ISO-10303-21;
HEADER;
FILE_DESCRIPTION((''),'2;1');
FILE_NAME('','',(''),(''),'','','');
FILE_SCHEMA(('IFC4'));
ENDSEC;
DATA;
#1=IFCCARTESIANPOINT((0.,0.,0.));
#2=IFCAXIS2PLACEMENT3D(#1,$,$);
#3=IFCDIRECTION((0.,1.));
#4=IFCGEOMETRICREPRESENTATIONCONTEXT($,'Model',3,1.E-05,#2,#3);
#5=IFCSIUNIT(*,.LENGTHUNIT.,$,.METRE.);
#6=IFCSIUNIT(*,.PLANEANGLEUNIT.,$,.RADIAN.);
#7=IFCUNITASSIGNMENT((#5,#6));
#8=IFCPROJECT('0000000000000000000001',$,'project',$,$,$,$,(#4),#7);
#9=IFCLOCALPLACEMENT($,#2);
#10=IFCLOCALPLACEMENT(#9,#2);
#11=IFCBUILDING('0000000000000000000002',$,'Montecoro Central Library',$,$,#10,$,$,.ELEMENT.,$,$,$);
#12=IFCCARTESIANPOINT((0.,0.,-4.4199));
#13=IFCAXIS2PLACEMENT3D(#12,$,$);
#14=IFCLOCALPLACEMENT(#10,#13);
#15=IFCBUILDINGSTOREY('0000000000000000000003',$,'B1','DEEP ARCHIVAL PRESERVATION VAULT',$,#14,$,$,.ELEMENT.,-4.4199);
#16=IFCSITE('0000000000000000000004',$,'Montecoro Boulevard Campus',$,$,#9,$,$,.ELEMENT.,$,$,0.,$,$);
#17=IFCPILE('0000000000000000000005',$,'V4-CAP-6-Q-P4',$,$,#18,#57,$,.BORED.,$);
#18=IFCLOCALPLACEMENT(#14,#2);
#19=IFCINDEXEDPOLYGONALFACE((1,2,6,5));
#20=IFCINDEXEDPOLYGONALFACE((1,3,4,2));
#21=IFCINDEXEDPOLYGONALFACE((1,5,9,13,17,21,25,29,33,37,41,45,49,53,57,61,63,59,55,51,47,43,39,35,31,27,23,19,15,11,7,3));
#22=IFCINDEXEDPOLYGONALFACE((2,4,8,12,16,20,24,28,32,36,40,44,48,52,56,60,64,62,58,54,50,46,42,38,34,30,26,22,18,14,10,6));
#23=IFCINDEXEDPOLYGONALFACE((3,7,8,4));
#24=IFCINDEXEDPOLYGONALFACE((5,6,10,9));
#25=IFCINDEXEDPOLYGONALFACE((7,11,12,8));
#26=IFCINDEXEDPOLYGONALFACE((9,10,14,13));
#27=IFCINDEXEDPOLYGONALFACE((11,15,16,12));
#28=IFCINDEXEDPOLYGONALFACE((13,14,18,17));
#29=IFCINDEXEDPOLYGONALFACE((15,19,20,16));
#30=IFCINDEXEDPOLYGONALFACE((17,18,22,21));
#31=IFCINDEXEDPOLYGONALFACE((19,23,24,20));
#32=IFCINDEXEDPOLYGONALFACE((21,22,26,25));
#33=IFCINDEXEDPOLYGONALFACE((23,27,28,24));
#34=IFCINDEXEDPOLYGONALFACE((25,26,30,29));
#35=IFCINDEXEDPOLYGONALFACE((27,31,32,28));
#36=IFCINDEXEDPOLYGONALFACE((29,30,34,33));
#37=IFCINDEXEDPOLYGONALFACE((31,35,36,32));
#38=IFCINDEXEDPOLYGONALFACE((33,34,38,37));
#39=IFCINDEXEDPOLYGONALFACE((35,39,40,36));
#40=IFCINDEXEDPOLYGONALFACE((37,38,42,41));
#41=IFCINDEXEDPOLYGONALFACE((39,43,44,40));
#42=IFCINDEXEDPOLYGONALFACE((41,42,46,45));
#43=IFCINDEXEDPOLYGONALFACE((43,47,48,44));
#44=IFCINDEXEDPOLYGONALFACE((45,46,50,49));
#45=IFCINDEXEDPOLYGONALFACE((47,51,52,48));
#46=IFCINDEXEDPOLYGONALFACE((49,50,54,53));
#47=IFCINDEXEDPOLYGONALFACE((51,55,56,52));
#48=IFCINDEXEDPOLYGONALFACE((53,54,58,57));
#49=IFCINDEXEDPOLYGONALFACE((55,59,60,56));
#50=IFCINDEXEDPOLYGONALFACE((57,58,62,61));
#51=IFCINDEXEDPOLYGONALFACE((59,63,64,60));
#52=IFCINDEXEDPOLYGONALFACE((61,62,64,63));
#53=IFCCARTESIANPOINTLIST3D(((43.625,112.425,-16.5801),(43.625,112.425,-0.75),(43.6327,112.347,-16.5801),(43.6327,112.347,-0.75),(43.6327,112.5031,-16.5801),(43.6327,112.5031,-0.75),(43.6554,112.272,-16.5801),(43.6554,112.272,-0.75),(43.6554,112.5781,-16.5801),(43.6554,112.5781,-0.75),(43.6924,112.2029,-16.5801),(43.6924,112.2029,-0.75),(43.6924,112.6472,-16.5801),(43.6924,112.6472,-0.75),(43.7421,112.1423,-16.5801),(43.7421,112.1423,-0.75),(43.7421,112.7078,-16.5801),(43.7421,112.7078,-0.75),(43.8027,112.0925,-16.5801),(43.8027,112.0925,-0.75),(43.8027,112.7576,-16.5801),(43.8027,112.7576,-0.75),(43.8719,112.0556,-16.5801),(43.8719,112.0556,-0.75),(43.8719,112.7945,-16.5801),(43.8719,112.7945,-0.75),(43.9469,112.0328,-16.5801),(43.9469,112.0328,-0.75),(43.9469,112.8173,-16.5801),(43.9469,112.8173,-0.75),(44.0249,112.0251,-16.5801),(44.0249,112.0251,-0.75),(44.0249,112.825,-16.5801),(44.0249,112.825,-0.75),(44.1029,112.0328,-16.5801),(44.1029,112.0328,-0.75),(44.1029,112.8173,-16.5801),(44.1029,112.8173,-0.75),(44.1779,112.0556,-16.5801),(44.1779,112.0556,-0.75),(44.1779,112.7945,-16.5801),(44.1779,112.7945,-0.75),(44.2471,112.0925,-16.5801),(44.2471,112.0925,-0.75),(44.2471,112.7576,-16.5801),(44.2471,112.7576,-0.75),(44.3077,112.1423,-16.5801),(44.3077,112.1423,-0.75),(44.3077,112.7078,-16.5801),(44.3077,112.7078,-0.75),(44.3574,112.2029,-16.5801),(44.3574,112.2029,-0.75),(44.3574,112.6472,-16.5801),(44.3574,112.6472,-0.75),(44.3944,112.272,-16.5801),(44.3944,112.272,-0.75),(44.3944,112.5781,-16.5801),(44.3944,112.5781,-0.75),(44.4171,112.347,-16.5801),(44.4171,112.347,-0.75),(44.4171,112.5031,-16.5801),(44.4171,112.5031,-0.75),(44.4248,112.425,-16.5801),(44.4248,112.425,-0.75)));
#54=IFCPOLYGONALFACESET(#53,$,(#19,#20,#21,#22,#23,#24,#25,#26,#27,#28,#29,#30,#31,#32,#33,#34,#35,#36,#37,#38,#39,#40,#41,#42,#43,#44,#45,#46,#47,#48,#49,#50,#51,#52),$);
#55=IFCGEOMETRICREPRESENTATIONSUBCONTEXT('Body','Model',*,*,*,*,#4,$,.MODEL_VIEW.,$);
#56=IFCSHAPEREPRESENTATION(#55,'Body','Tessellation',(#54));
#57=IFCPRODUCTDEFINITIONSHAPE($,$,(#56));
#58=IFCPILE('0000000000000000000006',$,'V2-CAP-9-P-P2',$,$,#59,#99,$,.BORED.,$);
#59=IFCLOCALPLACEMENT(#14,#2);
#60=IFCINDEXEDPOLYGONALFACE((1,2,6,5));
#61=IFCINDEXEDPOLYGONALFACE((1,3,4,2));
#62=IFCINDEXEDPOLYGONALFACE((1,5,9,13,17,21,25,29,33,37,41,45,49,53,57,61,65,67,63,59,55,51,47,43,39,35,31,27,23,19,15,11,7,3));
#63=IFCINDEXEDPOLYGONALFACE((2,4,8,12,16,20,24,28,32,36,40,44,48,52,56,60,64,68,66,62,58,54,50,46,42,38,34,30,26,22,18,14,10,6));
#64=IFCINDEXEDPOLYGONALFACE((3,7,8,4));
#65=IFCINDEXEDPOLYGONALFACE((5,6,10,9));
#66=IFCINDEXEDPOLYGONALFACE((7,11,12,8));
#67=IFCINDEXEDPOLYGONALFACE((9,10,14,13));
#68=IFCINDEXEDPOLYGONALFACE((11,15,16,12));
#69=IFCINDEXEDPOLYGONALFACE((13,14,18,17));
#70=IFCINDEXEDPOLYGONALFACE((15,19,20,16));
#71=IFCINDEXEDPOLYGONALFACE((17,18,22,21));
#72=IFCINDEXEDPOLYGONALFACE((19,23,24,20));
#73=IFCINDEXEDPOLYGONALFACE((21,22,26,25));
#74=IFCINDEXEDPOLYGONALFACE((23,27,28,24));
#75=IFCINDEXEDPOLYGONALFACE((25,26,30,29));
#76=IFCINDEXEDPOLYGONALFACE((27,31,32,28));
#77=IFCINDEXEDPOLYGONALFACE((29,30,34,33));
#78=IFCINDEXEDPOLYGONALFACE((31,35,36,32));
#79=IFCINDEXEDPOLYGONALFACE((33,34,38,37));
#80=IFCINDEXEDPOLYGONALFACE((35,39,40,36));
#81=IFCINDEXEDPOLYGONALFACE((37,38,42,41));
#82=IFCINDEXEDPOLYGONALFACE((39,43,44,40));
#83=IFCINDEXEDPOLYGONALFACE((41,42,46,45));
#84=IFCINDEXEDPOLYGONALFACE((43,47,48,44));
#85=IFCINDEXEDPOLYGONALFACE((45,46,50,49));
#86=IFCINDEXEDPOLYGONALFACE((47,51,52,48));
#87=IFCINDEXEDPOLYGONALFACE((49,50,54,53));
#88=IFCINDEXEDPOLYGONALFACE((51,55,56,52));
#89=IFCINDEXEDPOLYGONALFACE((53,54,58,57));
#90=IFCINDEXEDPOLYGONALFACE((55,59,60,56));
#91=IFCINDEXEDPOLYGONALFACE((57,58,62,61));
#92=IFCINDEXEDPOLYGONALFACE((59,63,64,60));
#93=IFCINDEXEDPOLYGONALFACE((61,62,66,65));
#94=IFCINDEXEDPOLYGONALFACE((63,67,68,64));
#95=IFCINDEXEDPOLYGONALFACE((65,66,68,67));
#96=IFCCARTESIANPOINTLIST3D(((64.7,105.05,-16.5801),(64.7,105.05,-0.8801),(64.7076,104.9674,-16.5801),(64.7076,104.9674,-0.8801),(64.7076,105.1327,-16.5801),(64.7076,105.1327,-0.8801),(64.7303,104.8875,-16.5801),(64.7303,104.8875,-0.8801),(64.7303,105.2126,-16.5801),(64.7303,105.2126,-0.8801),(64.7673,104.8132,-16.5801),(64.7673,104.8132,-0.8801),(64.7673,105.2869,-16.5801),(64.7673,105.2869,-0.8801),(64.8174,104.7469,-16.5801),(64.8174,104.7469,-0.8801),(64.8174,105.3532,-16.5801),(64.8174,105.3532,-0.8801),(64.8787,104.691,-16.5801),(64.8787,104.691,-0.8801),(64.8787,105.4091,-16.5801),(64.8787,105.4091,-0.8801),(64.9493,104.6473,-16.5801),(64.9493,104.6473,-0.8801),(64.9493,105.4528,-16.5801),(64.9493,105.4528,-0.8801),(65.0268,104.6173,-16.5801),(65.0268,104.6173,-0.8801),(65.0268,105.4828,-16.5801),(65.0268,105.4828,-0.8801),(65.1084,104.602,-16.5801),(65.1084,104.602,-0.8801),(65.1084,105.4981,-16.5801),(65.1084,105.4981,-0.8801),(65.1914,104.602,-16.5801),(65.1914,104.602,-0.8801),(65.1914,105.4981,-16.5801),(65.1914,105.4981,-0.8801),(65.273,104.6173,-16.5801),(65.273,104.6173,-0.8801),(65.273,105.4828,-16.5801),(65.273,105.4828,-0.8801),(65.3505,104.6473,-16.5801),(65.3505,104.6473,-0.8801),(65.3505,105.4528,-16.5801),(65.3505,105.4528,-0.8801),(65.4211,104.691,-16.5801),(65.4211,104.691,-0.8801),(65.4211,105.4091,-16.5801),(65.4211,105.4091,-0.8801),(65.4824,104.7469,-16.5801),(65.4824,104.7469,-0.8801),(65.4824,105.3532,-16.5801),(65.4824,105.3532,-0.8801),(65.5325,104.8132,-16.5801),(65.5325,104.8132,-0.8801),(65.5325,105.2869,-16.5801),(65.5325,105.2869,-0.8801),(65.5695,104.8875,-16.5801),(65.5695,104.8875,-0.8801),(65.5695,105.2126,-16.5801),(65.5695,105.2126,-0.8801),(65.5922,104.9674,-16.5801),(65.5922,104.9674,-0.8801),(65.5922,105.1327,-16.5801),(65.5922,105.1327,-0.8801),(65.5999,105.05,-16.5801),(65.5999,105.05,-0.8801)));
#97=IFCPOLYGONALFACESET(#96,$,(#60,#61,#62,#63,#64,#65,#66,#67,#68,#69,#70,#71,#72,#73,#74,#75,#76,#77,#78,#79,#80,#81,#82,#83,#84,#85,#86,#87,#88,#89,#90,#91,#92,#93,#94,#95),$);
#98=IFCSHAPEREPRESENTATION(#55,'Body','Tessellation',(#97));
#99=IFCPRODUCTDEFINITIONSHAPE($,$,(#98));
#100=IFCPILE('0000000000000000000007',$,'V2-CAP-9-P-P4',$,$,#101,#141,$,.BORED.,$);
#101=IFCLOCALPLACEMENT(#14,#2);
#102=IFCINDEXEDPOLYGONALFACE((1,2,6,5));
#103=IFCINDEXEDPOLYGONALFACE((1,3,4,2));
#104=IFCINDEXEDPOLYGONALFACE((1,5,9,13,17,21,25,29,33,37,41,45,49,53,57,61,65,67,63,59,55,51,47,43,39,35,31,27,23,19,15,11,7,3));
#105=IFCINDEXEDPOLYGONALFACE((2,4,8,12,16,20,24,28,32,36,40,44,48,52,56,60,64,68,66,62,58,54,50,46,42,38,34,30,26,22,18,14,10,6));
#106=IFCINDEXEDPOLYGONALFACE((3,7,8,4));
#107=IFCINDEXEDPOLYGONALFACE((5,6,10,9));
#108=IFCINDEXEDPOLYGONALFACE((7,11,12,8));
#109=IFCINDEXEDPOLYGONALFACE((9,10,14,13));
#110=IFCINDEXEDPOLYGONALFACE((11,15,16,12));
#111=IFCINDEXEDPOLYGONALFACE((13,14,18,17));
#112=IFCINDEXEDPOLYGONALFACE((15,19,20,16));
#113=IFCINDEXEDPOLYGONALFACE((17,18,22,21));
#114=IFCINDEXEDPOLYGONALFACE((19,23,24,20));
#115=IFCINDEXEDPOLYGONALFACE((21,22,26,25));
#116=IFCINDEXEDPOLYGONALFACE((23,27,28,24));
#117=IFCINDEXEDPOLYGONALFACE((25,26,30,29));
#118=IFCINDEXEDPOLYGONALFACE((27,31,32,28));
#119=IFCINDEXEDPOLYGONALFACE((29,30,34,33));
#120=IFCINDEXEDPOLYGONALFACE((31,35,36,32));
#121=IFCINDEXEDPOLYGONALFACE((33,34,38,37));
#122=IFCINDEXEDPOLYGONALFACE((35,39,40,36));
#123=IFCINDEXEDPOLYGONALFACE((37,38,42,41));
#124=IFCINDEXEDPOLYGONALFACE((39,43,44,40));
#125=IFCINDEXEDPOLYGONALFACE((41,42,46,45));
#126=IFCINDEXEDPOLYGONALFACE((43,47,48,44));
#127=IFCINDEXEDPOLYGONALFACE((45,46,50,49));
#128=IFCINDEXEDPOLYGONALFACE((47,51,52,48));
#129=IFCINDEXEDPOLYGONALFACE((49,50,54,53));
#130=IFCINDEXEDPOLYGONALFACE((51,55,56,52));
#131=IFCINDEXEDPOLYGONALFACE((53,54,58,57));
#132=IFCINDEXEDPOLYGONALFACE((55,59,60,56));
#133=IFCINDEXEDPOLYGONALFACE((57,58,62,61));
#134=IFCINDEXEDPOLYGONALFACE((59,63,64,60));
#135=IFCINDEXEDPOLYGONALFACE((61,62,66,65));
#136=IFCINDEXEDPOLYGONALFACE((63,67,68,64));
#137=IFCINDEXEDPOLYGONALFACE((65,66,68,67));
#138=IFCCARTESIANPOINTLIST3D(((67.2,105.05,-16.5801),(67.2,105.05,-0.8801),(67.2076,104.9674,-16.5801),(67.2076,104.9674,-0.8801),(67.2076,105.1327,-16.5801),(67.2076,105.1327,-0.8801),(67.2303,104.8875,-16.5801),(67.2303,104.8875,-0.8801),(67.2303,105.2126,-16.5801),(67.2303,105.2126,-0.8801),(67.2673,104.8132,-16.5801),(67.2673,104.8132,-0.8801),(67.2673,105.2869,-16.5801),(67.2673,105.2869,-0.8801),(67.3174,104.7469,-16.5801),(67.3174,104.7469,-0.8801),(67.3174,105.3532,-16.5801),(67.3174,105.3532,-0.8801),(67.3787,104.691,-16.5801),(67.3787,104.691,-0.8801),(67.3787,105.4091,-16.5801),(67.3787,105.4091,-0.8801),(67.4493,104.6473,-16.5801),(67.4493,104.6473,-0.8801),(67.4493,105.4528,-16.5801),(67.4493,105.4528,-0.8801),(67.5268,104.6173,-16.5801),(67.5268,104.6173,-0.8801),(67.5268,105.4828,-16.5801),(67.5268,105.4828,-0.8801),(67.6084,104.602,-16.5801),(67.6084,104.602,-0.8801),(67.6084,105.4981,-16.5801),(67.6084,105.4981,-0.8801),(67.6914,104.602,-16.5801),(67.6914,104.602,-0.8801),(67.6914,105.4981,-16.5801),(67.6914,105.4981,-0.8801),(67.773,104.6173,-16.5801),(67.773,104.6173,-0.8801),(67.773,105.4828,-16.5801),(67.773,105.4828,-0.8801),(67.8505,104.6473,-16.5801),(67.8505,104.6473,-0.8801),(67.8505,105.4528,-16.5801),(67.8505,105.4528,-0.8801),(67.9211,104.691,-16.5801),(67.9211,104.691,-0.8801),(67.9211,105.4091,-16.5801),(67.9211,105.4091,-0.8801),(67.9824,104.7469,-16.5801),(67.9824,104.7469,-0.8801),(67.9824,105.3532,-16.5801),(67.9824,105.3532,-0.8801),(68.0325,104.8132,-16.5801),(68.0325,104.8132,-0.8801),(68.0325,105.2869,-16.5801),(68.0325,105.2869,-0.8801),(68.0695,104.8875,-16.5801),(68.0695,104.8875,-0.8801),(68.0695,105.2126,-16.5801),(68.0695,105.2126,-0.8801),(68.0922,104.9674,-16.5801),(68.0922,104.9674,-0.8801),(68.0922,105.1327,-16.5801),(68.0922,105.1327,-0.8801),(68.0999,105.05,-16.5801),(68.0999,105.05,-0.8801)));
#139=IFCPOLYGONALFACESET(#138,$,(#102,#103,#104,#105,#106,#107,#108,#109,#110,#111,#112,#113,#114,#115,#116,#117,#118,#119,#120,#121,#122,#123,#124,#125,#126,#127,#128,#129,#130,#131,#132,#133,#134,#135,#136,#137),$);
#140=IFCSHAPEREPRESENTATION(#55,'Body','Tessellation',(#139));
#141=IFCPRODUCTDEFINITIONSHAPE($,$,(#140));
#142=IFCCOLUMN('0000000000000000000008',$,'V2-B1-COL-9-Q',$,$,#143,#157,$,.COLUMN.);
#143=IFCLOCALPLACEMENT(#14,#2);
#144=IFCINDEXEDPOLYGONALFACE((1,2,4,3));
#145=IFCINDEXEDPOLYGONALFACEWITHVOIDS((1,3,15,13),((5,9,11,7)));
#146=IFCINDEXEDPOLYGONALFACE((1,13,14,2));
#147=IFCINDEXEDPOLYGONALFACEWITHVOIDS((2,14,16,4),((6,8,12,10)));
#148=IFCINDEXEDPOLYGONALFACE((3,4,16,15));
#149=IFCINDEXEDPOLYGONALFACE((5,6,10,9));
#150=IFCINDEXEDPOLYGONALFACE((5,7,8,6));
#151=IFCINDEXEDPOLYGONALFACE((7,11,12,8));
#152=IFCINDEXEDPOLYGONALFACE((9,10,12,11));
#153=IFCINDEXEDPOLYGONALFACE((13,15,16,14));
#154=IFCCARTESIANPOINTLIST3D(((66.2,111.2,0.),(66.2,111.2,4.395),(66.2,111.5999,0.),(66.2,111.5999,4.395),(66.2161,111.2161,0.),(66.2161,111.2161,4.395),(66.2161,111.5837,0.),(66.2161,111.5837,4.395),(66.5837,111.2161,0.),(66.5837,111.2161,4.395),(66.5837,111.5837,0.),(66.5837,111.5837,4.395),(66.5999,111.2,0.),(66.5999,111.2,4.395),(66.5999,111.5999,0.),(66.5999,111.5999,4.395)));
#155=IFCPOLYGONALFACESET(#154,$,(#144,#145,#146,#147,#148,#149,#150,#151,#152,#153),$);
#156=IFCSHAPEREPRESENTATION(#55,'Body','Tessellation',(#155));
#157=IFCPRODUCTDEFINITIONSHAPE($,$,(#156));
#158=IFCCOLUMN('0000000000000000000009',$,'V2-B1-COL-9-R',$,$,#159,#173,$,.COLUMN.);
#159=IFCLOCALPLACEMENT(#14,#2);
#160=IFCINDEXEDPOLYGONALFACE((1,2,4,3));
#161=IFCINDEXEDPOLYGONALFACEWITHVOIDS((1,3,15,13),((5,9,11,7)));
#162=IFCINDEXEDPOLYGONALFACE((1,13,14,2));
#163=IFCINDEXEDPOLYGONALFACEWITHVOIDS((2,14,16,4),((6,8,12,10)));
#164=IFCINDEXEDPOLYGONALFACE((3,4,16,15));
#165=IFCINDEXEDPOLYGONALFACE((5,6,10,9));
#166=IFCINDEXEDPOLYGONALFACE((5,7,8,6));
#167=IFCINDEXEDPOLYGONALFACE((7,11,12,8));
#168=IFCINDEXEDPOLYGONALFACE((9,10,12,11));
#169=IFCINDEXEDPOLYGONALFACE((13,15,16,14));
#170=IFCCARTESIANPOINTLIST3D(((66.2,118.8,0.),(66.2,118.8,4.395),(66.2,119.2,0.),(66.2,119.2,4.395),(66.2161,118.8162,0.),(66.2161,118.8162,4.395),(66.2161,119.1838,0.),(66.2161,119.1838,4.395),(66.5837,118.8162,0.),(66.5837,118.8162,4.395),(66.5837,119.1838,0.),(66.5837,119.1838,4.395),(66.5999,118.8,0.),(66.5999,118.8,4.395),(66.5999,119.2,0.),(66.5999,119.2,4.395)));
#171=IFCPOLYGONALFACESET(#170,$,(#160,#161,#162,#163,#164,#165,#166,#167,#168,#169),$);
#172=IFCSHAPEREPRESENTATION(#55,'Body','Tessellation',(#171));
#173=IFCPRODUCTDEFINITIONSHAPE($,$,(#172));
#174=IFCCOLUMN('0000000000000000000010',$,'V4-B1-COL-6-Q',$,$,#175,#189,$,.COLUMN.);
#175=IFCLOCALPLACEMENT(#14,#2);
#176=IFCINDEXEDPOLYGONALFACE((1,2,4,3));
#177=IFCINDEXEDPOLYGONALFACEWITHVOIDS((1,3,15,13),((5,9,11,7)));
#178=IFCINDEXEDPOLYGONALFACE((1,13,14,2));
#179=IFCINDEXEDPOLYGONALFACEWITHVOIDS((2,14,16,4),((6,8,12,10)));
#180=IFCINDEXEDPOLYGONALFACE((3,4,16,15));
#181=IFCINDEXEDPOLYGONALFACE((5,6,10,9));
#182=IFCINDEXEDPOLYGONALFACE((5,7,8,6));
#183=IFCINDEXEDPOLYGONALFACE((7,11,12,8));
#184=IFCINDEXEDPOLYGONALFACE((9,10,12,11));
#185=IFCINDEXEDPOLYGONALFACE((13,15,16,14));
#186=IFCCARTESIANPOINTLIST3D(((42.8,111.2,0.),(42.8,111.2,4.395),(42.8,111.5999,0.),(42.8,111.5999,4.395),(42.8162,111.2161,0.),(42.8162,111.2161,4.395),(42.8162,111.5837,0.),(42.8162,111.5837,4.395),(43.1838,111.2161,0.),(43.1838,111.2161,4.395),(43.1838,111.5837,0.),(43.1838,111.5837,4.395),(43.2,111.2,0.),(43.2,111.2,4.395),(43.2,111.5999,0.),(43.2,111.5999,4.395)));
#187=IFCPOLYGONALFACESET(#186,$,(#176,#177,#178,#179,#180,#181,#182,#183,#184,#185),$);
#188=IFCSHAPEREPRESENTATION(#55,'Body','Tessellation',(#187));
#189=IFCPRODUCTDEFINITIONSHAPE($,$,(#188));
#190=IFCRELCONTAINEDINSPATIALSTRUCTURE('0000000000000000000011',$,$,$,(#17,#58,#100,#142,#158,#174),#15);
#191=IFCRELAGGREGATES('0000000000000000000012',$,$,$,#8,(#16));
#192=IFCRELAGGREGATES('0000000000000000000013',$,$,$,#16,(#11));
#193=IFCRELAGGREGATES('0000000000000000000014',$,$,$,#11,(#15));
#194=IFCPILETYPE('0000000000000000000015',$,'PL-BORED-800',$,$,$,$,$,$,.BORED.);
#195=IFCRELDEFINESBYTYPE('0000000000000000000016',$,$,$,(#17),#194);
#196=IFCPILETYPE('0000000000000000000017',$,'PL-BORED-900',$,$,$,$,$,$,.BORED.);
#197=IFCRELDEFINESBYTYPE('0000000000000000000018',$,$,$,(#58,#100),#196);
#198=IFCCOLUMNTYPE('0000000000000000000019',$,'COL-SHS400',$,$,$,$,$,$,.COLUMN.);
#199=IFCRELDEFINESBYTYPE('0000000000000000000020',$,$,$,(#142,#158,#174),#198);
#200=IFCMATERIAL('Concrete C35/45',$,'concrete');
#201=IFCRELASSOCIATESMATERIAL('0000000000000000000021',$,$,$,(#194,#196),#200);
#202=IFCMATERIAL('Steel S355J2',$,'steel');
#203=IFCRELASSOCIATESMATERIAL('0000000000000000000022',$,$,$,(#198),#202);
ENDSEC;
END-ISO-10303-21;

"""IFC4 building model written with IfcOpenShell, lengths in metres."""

from ifc_helpers import new_model, si_unit, direction, frame, origin, origin_2d, place, context, subcontext, project, spatial, hollow_rectangle, circle, extrude, material, material_profile, profile_set, type_object, element, save


model = new_model("IFC4")

# Units and contexts
model_context = context("Model", 3, precision=1e-05, world=origin(), true_north=direction((0.0, 1.0)))
body_context = subcontext(model_context, "Body", "Model", "MODEL_VIEW")
ifc_project = project(units=[si_unit("LENGTHUNIT", "METRE"), si_unit("PLANEANGLEUNIT", "RADIAN")], contexts=[model_context])

# Site, building, storey
site_placement = place(None, origin())
site = spatial("IfcSite", under=ifc_project, at=site_placement, Name="Montecoro Boulevard Campus", CompositionType="ELEMENT", RefElevation=0.0)
building_placement = place(site_placement, origin())
building = spatial("IfcBuilding", under=site, at=building_placement, Name="Montecoro Central Library", CompositionType="ELEMENT")
storey_placement = place(building_placement, frame((0.0, 0.0, -4.4199)))
storey = spatial("IfcBuildingStorey", under=building, at=storey_placement, Name="B1", Description="DEEP ARCHIVAL PRESERVATION VAULT", CompositionType="ELEMENT", Elevation=-4.4199)

# Shared definitions
ifc_material_1 = material(Name="Concrete C35/45", Category="concrete")

# Piles
ifc_material_profile_1 = material_profile(ifc_material_1, circle(Radius=0.3999, at=origin_2d()), Name="PILE D800")
ifc_profile_set_1 = profile_set([ifc_material_profile_1], Name="Concrete C35/45")
pile_type_1 = type_object("IfcPileType", Name="PL-BORED-800", PredefinedType="BORED", material=ifc_profile_set_1)
for number, where, z_axis, x_axis, name in (
    (1, (44.0249, 112.425, -0.75), (0.0, 0.0, -1.0), (1.0, 0.0, 0.0), "V4-CAP-6-Q-P4"),
):
    element("IfcPile", number, at=place(storey_placement, frame(where, z_axis=z_axis, x_axis=x_axis)), inside=storey, type_object=pile_type_1, Name=name, PredefinedType="BORED", context=body_context, shape_type="SweptSolid", body=[
        extrude(circle(Radius=0.3999, at=origin_2d()), origin(), (0.0, 0.0, 1.0), 15.8301),
    ])
ifc_material_profile_2 = material_profile(ifc_material_1, circle(Radius=0.45, at=origin_2d()), Name="PILE D900")
ifc_profile_set_2 = profile_set([ifc_material_profile_2], Name="Concrete C35/45")
pile_type_2 = type_object("IfcPileType", Name="PL-BORED-900", PredefinedType="BORED", material=ifc_profile_set_2)
for number, where, z_axis, x_axis, name in (
    (2, (65.1499, 105.05, -0.8801), (0.0, 0.0, -1.0), (1.0, 0.0, 0.0), "V2-CAP-9-P-P2"),
    (3, (67.6499, 105.05, -0.8801), (0.0, 0.0, -1.0), (1.0, 0.0, 0.0), "V2-CAP-9-P-P4"),
):
    element("IfcPile", number, at=place(storey_placement, frame(where, z_axis=z_axis, x_axis=x_axis)), inside=storey, type_object=pile_type_2, Name=name, PredefinedType="BORED", context=body_context, shape_type="SweptSolid", body=[
        extrude(circle(Radius=0.45, at=origin_2d()), origin(), (0.0, 0.0, 1.0), 15.7),
    ])

# Columns
ifc_material_2 = material(Name="Steel S355J2", Category="steel")
ifc_material_profile_3 = material_profile(ifc_material_2, hollow_rectangle(XDim=0.3999, YDim=0.3999, WallThickness=0.0161, at=origin_2d()), Name="SHS 400x400x16.0")
ifc_profile_set_3 = profile_set([ifc_material_profile_3], Name="Steel S355J2")
column_type = type_object("IfcColumnType", Name="COL-SHS400", PredefinedType="COLUMN", material=ifc_profile_set_3)
for number, where, z_axis, x_axis, name in (
    (4, (66.3999, 111.3999, 0.0), (0.0, 0.0, 1.0), (1.0, 0.0, 0.0), "V2-B1-COL-9-Q"),
    (5, (66.3999, 119.0, 0.0), (0.0, 0.0, 1.0), (1.0, 0.0, 0.0), "V2-B1-COL-9-R"),
    (6, (43.0, 111.3999, 0.0), (0.0, 0.0, 1.0), (1.0, 0.0, 0.0), "V4-B1-COL-6-Q"),
):
    element("IfcColumn", number, at=place(storey_placement, frame(where, z_axis=z_axis, x_axis=x_axis)), inside=storey, type_object=column_type, Name=name, PredefinedType="COLUMN", context=body_context, shape_type="SweptSolid", body=[
        extrude(hollow_rectangle(XDim=0.3999, YDim=0.3999, WallThickness=0.0161, at=origin_2d()), origin(), (0.0, 0.0, 1.0), 4.395),
    ])

save(model, "model.ifc")
